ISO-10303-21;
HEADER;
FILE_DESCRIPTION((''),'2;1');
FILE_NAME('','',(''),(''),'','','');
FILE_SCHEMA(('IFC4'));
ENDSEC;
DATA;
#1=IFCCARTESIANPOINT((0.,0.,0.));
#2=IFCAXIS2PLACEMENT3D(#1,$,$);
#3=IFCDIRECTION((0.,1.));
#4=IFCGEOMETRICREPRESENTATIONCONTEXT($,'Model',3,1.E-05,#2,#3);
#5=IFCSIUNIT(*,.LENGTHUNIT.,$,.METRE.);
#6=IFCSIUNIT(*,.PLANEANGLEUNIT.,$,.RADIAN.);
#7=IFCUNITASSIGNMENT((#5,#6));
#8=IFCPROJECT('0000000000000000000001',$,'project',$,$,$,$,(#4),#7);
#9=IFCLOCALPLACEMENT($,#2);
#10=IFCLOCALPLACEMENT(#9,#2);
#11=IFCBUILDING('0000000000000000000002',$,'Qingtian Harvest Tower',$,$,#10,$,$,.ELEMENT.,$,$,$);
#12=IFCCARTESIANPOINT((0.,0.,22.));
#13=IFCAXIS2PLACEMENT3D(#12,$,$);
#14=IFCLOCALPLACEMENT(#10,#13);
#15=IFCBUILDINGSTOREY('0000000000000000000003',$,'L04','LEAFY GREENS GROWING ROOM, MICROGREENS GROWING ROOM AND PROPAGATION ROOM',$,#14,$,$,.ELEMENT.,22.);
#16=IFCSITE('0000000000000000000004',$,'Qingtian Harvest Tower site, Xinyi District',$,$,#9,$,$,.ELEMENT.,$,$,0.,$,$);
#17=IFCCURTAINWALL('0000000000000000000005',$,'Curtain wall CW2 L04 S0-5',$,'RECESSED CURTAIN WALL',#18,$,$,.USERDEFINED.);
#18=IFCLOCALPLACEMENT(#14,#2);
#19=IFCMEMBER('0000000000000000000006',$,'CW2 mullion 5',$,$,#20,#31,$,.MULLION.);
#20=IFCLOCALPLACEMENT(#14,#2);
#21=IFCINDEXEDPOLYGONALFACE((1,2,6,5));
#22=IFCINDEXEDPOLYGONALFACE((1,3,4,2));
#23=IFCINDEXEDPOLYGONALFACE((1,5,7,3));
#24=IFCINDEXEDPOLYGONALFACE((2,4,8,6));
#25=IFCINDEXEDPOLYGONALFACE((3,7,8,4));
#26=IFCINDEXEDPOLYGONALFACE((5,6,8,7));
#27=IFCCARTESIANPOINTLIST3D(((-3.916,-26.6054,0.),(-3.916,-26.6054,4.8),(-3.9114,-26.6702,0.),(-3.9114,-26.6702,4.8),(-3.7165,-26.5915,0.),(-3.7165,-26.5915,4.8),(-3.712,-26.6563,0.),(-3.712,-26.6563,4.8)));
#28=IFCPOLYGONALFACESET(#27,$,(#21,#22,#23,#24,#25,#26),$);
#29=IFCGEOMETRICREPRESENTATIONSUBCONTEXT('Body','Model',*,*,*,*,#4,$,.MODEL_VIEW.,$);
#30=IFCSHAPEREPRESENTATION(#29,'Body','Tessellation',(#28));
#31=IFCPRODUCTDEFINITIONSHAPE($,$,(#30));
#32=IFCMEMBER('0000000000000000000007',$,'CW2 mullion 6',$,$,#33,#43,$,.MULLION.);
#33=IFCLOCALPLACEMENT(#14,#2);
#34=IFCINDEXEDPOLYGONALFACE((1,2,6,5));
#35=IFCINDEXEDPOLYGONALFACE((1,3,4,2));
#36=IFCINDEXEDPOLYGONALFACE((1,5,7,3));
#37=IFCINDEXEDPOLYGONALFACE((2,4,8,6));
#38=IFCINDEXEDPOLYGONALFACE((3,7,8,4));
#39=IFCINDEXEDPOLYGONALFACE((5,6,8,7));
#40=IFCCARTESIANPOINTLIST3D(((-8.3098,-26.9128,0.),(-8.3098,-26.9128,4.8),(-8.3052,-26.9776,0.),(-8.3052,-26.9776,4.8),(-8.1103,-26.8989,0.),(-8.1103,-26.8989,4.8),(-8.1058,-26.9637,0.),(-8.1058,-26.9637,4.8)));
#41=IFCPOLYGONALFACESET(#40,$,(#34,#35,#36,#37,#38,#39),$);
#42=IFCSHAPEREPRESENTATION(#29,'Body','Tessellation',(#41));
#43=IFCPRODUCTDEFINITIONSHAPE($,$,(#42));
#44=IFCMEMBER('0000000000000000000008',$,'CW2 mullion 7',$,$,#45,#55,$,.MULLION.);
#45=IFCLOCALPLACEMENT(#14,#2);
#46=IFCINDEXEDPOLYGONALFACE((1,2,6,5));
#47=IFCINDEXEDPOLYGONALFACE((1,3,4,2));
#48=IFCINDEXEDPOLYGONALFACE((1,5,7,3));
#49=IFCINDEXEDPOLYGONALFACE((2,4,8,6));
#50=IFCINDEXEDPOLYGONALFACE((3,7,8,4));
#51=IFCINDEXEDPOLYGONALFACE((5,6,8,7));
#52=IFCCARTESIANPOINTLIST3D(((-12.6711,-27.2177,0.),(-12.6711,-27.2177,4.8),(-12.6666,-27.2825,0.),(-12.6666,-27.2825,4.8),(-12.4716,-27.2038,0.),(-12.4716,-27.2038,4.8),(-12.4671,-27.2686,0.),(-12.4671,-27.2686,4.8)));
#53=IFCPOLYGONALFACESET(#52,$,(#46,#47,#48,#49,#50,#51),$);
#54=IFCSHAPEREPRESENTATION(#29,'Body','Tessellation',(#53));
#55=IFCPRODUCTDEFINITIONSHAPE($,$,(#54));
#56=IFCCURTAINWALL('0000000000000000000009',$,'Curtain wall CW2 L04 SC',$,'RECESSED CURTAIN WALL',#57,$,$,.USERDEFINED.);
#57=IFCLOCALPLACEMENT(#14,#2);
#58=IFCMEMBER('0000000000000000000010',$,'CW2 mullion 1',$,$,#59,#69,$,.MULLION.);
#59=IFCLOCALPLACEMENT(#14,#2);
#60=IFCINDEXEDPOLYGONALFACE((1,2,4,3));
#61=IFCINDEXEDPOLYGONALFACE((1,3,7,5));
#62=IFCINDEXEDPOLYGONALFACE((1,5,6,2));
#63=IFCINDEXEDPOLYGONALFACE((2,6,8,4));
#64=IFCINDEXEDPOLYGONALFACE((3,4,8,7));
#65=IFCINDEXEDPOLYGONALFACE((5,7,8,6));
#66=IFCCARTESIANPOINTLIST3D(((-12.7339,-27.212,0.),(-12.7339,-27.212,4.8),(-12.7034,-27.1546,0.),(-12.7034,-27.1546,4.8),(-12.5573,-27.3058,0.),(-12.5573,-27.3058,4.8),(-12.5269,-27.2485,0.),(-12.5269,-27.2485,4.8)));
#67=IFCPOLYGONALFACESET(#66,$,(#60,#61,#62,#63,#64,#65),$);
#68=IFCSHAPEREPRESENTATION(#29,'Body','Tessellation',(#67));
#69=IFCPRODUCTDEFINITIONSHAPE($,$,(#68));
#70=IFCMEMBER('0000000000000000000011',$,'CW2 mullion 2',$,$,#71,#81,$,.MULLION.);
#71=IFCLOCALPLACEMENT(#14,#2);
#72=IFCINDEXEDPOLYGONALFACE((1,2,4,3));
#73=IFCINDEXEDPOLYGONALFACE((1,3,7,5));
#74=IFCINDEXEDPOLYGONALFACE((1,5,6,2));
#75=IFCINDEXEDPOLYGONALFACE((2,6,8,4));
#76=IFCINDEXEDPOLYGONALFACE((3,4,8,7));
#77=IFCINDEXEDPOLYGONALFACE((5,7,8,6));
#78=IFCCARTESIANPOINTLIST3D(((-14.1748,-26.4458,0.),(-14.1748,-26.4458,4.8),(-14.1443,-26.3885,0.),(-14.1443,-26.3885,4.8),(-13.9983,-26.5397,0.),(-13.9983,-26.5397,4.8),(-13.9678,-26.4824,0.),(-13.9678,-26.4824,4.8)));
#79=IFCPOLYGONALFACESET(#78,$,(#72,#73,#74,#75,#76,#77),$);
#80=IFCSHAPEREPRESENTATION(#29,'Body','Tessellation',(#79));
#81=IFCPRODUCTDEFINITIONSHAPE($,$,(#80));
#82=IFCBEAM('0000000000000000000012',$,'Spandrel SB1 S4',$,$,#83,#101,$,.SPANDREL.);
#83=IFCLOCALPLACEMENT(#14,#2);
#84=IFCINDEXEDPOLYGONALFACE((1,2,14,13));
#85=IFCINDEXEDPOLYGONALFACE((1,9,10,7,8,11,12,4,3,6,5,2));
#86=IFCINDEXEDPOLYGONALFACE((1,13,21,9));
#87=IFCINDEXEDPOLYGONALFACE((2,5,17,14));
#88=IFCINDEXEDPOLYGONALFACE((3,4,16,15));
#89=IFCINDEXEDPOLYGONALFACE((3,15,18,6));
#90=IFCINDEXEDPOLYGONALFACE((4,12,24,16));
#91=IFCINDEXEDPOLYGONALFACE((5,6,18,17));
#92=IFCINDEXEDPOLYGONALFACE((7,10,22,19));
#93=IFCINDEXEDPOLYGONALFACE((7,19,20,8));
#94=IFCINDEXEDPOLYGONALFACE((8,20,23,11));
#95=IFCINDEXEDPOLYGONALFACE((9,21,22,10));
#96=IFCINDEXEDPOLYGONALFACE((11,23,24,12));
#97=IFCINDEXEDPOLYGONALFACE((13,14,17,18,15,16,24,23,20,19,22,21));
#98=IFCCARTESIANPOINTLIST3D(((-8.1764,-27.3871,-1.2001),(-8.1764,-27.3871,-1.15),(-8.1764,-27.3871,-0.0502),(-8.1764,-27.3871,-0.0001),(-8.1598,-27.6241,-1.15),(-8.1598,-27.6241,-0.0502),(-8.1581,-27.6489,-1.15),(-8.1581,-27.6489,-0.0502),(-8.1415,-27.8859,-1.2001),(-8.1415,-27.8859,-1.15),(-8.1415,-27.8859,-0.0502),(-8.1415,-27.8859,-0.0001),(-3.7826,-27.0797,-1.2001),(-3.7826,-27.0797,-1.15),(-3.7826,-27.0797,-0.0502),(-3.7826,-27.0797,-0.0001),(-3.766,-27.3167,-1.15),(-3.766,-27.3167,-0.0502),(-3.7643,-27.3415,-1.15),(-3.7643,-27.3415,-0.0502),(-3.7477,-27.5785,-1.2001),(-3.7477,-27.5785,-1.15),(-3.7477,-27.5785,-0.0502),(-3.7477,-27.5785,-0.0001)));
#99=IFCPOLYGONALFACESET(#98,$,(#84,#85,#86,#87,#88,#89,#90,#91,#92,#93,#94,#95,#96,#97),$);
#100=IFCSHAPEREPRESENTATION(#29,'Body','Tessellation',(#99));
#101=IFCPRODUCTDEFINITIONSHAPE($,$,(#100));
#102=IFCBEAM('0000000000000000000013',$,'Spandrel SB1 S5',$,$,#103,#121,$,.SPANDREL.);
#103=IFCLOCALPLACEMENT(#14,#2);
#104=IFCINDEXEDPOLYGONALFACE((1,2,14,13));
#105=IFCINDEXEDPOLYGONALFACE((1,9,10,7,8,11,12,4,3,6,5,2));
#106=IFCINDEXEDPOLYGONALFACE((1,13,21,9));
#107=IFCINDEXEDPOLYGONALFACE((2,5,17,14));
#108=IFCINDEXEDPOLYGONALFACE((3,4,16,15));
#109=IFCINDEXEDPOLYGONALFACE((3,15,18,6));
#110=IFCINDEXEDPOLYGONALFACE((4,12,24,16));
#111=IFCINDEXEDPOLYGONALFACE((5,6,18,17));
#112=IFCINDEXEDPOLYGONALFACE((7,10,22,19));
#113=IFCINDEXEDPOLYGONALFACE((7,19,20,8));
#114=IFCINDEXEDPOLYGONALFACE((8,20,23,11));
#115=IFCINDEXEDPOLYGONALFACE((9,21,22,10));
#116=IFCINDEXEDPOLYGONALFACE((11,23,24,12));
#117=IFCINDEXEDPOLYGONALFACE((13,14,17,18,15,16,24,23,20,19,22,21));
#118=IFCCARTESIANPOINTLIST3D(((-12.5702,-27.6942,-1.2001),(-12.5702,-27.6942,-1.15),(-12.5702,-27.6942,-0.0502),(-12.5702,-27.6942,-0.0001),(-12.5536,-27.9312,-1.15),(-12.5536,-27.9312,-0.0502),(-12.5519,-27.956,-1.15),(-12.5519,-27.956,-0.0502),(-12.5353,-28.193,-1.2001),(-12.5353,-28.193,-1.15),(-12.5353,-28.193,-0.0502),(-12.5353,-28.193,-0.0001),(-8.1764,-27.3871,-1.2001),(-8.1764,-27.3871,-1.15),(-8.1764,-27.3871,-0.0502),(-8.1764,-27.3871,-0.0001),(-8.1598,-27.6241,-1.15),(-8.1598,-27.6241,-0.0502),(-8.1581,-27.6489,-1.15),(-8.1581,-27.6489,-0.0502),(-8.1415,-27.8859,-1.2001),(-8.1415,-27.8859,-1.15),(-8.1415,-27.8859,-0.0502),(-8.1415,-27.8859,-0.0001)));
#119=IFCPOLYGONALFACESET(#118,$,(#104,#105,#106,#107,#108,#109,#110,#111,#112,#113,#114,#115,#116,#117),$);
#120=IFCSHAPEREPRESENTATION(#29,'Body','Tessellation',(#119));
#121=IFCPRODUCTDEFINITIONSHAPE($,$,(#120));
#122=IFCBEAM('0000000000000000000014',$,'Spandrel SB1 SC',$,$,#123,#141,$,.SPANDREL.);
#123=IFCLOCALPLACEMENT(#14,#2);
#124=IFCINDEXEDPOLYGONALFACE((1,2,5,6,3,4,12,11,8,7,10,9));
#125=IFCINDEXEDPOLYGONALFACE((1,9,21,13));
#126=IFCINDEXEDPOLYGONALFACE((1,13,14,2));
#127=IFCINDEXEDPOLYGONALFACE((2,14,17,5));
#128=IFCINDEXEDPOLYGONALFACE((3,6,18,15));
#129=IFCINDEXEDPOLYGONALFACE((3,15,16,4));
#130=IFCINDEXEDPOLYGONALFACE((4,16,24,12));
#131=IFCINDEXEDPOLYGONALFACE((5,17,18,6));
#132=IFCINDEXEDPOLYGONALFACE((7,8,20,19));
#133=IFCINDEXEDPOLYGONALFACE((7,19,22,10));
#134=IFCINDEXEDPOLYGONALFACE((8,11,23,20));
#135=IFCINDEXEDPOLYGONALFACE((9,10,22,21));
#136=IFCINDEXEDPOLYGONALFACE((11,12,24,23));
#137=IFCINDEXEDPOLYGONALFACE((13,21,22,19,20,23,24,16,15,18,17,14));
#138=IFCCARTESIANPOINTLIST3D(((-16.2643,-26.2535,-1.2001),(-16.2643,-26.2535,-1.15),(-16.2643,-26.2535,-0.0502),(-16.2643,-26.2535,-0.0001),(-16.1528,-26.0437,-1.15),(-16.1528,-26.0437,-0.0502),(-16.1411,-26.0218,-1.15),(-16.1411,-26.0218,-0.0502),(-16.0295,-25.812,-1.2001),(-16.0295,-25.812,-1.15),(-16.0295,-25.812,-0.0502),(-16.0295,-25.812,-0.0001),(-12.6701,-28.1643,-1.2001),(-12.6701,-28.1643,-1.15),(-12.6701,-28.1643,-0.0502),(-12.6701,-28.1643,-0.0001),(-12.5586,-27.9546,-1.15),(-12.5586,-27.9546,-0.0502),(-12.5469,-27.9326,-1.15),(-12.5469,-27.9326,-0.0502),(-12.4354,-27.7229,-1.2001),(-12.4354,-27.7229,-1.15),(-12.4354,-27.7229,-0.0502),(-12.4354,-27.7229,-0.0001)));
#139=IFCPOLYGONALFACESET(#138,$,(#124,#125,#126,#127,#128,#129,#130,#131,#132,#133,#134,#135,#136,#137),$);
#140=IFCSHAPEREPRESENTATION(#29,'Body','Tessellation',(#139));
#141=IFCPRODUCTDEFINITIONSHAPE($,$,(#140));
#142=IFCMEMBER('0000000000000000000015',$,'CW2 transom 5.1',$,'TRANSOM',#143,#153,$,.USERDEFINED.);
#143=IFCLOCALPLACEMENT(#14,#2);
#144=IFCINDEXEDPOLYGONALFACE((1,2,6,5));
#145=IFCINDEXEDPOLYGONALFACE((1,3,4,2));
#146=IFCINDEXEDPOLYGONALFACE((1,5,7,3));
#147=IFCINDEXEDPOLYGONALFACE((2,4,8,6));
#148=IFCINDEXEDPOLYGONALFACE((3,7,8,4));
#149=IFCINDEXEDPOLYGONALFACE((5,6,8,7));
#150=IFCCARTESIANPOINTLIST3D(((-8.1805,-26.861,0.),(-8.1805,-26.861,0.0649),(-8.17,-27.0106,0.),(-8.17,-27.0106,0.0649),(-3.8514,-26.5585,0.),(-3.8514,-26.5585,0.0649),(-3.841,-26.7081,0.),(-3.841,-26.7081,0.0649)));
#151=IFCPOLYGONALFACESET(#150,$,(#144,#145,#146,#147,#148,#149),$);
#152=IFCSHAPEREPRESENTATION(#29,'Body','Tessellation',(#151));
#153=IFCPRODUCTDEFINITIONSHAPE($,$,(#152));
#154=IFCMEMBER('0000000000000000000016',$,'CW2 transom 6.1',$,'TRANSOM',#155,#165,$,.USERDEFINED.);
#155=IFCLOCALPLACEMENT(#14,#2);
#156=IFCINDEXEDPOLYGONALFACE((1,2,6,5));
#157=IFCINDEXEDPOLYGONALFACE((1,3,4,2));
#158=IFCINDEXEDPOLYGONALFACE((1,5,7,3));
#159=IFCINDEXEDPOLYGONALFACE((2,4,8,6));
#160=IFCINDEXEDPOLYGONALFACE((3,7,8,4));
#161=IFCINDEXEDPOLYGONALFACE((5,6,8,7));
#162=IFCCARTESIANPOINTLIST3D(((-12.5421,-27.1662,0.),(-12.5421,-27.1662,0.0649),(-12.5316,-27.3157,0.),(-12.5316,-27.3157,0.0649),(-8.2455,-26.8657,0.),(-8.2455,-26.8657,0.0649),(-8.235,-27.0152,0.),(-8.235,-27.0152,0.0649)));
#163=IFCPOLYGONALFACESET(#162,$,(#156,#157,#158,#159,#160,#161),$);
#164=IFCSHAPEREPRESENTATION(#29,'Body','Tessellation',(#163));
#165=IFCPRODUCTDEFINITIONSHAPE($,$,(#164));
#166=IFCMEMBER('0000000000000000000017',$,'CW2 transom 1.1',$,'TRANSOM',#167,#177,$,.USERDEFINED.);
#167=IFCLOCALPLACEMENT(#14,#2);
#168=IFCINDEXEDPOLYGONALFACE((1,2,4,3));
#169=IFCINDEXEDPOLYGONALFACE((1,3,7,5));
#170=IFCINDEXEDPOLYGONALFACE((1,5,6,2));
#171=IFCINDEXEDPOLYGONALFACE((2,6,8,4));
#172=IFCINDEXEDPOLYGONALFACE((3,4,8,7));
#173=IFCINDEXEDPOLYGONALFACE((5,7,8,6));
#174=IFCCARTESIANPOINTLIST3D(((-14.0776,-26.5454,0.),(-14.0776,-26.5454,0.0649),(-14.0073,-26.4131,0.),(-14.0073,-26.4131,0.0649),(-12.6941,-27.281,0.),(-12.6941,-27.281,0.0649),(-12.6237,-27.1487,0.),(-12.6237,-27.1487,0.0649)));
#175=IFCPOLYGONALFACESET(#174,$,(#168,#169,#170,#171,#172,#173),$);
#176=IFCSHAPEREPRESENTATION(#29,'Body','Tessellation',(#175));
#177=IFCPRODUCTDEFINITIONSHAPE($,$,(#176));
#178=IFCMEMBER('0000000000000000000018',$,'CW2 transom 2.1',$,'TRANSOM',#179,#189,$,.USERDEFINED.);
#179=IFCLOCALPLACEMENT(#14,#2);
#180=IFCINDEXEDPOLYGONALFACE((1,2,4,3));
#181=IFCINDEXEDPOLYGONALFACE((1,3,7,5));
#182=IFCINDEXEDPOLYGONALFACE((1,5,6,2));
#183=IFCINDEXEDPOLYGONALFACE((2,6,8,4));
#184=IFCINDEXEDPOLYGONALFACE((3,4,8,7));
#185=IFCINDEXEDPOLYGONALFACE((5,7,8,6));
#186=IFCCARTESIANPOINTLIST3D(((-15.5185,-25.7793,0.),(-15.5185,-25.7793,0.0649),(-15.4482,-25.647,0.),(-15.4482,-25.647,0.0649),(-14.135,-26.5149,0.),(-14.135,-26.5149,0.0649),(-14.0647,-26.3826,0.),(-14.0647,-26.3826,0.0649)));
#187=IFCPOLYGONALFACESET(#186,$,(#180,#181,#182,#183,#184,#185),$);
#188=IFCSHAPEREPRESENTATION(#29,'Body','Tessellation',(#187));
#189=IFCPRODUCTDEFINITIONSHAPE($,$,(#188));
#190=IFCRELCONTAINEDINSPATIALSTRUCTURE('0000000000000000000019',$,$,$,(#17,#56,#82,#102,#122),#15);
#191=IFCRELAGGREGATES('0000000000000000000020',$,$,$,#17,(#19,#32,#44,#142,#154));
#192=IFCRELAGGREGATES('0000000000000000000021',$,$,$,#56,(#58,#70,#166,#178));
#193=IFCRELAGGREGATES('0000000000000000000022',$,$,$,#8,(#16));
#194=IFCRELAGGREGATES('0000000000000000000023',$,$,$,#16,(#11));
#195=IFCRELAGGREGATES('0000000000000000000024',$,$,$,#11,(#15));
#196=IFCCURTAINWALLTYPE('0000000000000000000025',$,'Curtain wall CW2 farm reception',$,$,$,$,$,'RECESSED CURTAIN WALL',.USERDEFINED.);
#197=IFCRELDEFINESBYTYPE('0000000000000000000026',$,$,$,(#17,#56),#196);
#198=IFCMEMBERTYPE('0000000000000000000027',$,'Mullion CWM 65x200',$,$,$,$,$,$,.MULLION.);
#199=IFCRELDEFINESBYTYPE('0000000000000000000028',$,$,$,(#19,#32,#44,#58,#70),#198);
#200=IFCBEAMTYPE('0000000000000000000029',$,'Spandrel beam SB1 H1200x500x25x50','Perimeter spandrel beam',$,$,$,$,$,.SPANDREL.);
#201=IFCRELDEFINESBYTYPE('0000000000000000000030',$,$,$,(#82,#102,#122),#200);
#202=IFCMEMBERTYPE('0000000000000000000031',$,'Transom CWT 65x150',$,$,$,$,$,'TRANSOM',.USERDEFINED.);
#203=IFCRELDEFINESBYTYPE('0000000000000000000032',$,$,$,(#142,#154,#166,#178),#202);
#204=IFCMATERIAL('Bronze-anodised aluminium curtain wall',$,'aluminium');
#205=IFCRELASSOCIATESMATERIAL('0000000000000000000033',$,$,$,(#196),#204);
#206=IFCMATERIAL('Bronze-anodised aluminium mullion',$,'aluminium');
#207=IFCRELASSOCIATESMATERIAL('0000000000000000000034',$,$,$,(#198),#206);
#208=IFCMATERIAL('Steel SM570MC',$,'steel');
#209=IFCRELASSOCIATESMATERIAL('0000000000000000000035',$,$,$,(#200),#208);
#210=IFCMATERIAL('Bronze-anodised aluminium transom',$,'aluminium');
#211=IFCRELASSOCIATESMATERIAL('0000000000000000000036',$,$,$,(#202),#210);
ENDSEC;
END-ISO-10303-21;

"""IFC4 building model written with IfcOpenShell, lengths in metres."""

from ifc_helpers import new_model, si_unit, direction, frame, origin, origin_2d, place, context, subcontext, project, spatial, rectangle, i_section, extrude, material, material_profile, profile_set, type_object, element, aggregate, save


model = new_model("IFC4")

# Units and contexts
model_context = context("Model", 3, precision=1e-05, world=origin(), true_north=direction((0.0, 1.0)))
body_context = subcontext(model_context, "Body", "Model", "MODEL_VIEW")
ifc_project = project(units=[si_unit("LENGTHUNIT", "METRE"), si_unit("PLANEANGLEUNIT", "RADIAN")], contexts=[model_context])

# Site, building, storey
site_placement = place(None, origin())
site = spatial("IfcSite", under=ifc_project, at=site_placement, Name="Qingtian Harvest Tower site, Xinyi District", CompositionType="ELEMENT", RefElevation=0.0)
building_placement = place(site_placement, origin())
building = spatial("IfcBuilding", under=site, at=building_placement, Name="Qingtian Harvest Tower", CompositionType="ELEMENT")
storey_placement = place(building_placement, frame((0.0, 0.0, 22.0)))
storey = spatial("IfcBuildingStorey", under=building, at=storey_placement, Name="L04", Description="LEAFY GREENS GROWING ROOM, MICROGREENS GROWING ROOM AND PROPAGATION ROOM", CompositionType="ELEMENT", Elevation=22.0)

# Curtain walls, members
ifc_material_1 = material(Name="Bronze-anodised aluminium curtain wall", Category="aluminium")
curtain_wall_type = type_object("IfcCurtainWallType", Name="Curtain wall CW2 farm reception", ElementType="RECESSED CURTAIN WALL", PredefinedType="USERDEFINED", material=ifc_material_1)
curtain_wall_1_placement = place(storey_placement, origin())
curtain_wall_1 = element("IfcCurtainWall", 1, at=curtain_wall_1_placement, inside=storey, type_object=curtain_wall_type, Name="Curtain wall CW2 L04 S0-5", ObjectType="RECESSED CURTAIN WALL", PredefinedType="USERDEFINED")
ifc_material_2 = material(Name="Bronze-anodised aluminium mullion", Category="aluminium")
ifc_material_profile_1 = material_profile(ifc_material_2, rectangle(XDim=0.0649, YDim=0.2, at=origin_2d()), Name="AL 65x200")
ifc_profile_set_1 = profile_set([ifc_material_profile_1], Name="Bronze-anodised aluminium mullion")
member_type_1 = type_object("IfcMemberType", Name="Mullion CWM 65x200", PredefinedType="MULLION", material=ifc_profile_set_1)
member_1_placement = place(storey_placement, frame((-3.814, -26.6309, 0.0), z_axis=(0.0, 0.0, 1.0), x_axis=(0.069756, -0.997564, 0.0)))
member_1 = element("IfcMember", 2, at=member_1_placement, type_object=member_type_1, Name="CW2 mullion 5", PredefinedType="MULLION", context=body_context, shape_type="SweptSolid", body=[
    extrude(rectangle(XDim=0.0649, YDim=0.2, at=origin_2d()), origin(), (0.0, 0.0, 1.0), 4.8),
])
member_2_placement = place(storey_placement, frame((-8.2078, -26.9382, 0.0), z_axis=(0.0, 0.0, 1.0), x_axis=(0.069756, -0.997564, 0.0)))
member_2 = element("IfcMember", 3, at=member_2_placement, type_object=member_type_1, Name="CW2 mullion 6", PredefinedType="MULLION", context=body_context, shape_type="SweptSolid", body=[
    extrude(rectangle(XDim=0.0649, YDim=0.2, at=origin_2d()), origin(), (0.0, 0.0, 1.0), 4.8),
])
member_3_placement = place(storey_placement, frame((-12.5691, -27.2432, 0.0), z_axis=(0.0, 0.0, 1.0), x_axis=(0.069756, -0.997564, 0.0)))
member_3 = element("IfcMember", 4, at=member_3_placement, type_object=member_type_1, Name="CW2 mullion 7", PredefinedType="MULLION", context=body_context, shape_type="SweptSolid", body=[
    extrude(rectangle(XDim=0.0649, YDim=0.2, at=origin_2d()), origin(), (0.0, 0.0, 1.0), 4.8),
])
curtain_wall_2_placement = place(storey_placement, origin())
curtain_wall_2 = element("IfcCurtainWall", 5, at=curtain_wall_2_placement, inside=storey, type_object=curtain_wall_type, Name="Curtain wall CW2 L04 SC", ObjectType="RECESSED CURTAIN WALL", PredefinedType="USERDEFINED")
member_4_placement = place(storey_placement, frame((-12.6304, -27.2302, 0.0), z_axis=(0.0, 0.0, 1.0), x_axis=(-0.469472, -0.882948, 0.0)))
member_4 = element("IfcMember", 6, at=member_4_placement, type_object=member_type_1, Name="CW2 mullion 1", PredefinedType="MULLION", context=body_context, shape_type="SweptSolid", body=[
    extrude(rectangle(XDim=0.0649, YDim=0.2, at=origin_2d()), origin(), (0.0, 0.0, 1.0), 4.8),
])
member_5_placement = place(storey_placement, frame((-14.0713, -26.4641, 0.0), z_axis=(0.0, 0.0, 1.0), x_axis=(-0.469472, -0.882948, 0.0)))
member_5 = element("IfcMember", 7, at=member_5_placement, type_object=member_type_1, Name="CW2 mullion 2", PredefinedType="MULLION", context=body_context, shape_type="SweptSolid", body=[
    extrude(rectangle(XDim=0.0649, YDim=0.2, at=origin_2d()), origin(), (0.0, 0.0, 1.0), 4.8),
])

# Beams
ifc_material_3 = material(Name="Steel SM570MC", Category="steel")
ifc_material_profile_2 = material_profile(ifc_material_3, i_section(OverallWidth=0.5, OverallDepth=1.2, WebThickness=0.0249, FlangeThickness=0.05, at=origin_2d()), Name="H1200x500x25x50")
ifc_profile_set_2 = profile_set([ifc_material_profile_2], Name="Steel SM570MC")
beam_type_1 = type_object("IfcBeamType", Name="Spandrel beam SB1 H1200x500x25x50", Description="Perimeter spandrel beam", PredefinedType="SPANDREL", material=ifc_profile_set_2)
for number, where, z_axis, x_axis, name in (
    (8, (-3.7651, -27.3291, -0.6001), (-0.997562, -0.069786, 0.0), (0.069786, -0.997562, 0.0), "Spandrel SB1 S4"),
    (9, (-8.1589, -27.6365, -0.6001), (-0.997566, -0.06973, 0.0), (0.06973, -0.997566, 0.0), "Spandrel SB1 S5"),
):
    element("IfcBeam", number, at=place(storey_placement, frame(where, z_axis=z_axis, x_axis=x_axis)), inside=storey, type_object=beam_type_1, Name=name, PredefinedType="SPANDREL", context=body_context, shape_type="SweptSolid", body=[
        extrude(i_section(OverallWidth=0.5, OverallDepth=1.2, WebThickness=0.0249, FlangeThickness=0.05, at=origin_2d()), origin(), (0.0, 0.0, 1.0), 4.4045),
    ])
beam_1_placement = place(storey_placement, frame((-12.5527, -27.9436, -0.6001), z_axis=(-0.882968, 0.469433, 0.0), x_axis=(-0.469433, -0.882968, 0.0)))
element("IfcBeam", 10, at=beam_1_placement, inside=storey, type_object=beam_type_1, Name="Spandrel SB1 SC", PredefinedType="SPANDREL", context=body_context, shape_type="SweptSolid", body=[
    extrude(i_section(OverallWidth=0.5, OverallDepth=1.2, WebThickness=0.0249, FlangeThickness=0.05, at=origin_2d()), origin(), (0.0, 0.0, 1.0), 4.0706),
])

# Members
ifc_material_4 = material(Name="Bronze-anodised aluminium transom", Category="aluminium")
ifc_material_profile_3 = material_profile(ifc_material_4, rectangle(XDim=0.1499, YDim=0.0649, at=origin_2d()), Name="AL 65x150")
ifc_profile_set_3 = profile_set([ifc_material_profile_3], Name="Bronze-anodised aluminium transom")
member_type_2 = type_object("IfcMemberType", Name="Transom CWT 65x150", ElementType="TRANSOM", PredefinedType="USERDEFINED", material=ifc_profile_set_3)
member_6_placement = place(storey_placement, frame((-3.8462, -26.6333, 0.0325), z_axis=(-0.997568, -0.069704, 0.0), x_axis=(0.069704, -0.997568, 0.0)))
member_6 = element("IfcMember", 11, at=member_6_placement, type_object=member_type_2, Name="CW2 transom 5.1", ObjectType="TRANSOM", PredefinedType="USERDEFINED", context=body_context, shape_type="SweptSolid", body=[
    extrude(rectangle(XDim=0.1499, YDim=0.0649, at=origin_2d()), origin(), (0.0, 0.0, 1.0), 4.3396),
])
member_7_placement = place(storey_placement, frame((-8.2402, -26.9404, 0.0325), z_axis=(-0.997563, -0.069777, 0.0), x_axis=(0.069777, -0.997563, 0.0)))
member_7 = element("IfcMember", 12, at=member_7_placement, type_object=member_type_2, Name="CW2 transom 6.1", ObjectType="TRANSOM", PredefinedType="USERDEFINED", context=body_context, shape_type="SweptSolid", body=[
    extrude(rectangle(XDim=0.1499, YDim=0.0649, at=origin_2d()), origin(), (0.0, 0.0, 1.0), 4.3071),
])
member_8_placement = place(storey_placement, frame((-12.6589, -27.2148, 0.0325), z_axis=(-0.88296, 0.469448, 0.0), x_axis=(-0.469448, -0.88296, 0.0)))
member_8 = element("IfcMember", 13, at=member_8_placement, type_object=member_type_2, Name="CW2 transom 1.1", ObjectType="TRANSOM", PredefinedType="USERDEFINED", context=body_context, shape_type="SweptSolid", body=[
    extrude(rectangle(XDim=0.1499, YDim=0.0649, at=origin_2d()), origin(), (0.0, 0.0, 1.0), 1.5669),
])
member_9_placement = place(storey_placement, frame((-14.0999, -26.4487, 0.0325), z_axis=(-0.88296, 0.469448, 0.0), x_axis=(-0.469448, -0.88296, 0.0)))
member_9 = element("IfcMember", 14, at=member_9_placement, type_object=member_type_2, Name="CW2 transom 2.1", ObjectType="TRANSOM", PredefinedType="USERDEFINED", context=body_context, shape_type="SweptSolid", body=[
    extrude(rectangle(XDim=0.1499, YDim=0.0649, at=origin_2d()), origin(), (0.0, 0.0, 1.0), 1.5669),
])

aggregate(curtain_wall_1, [member_1, member_2, member_3, member_6, member_7])
aggregate(curtain_wall_2, [member_4, member_5, member_8, member_9])

save(model, "model.ifc")
